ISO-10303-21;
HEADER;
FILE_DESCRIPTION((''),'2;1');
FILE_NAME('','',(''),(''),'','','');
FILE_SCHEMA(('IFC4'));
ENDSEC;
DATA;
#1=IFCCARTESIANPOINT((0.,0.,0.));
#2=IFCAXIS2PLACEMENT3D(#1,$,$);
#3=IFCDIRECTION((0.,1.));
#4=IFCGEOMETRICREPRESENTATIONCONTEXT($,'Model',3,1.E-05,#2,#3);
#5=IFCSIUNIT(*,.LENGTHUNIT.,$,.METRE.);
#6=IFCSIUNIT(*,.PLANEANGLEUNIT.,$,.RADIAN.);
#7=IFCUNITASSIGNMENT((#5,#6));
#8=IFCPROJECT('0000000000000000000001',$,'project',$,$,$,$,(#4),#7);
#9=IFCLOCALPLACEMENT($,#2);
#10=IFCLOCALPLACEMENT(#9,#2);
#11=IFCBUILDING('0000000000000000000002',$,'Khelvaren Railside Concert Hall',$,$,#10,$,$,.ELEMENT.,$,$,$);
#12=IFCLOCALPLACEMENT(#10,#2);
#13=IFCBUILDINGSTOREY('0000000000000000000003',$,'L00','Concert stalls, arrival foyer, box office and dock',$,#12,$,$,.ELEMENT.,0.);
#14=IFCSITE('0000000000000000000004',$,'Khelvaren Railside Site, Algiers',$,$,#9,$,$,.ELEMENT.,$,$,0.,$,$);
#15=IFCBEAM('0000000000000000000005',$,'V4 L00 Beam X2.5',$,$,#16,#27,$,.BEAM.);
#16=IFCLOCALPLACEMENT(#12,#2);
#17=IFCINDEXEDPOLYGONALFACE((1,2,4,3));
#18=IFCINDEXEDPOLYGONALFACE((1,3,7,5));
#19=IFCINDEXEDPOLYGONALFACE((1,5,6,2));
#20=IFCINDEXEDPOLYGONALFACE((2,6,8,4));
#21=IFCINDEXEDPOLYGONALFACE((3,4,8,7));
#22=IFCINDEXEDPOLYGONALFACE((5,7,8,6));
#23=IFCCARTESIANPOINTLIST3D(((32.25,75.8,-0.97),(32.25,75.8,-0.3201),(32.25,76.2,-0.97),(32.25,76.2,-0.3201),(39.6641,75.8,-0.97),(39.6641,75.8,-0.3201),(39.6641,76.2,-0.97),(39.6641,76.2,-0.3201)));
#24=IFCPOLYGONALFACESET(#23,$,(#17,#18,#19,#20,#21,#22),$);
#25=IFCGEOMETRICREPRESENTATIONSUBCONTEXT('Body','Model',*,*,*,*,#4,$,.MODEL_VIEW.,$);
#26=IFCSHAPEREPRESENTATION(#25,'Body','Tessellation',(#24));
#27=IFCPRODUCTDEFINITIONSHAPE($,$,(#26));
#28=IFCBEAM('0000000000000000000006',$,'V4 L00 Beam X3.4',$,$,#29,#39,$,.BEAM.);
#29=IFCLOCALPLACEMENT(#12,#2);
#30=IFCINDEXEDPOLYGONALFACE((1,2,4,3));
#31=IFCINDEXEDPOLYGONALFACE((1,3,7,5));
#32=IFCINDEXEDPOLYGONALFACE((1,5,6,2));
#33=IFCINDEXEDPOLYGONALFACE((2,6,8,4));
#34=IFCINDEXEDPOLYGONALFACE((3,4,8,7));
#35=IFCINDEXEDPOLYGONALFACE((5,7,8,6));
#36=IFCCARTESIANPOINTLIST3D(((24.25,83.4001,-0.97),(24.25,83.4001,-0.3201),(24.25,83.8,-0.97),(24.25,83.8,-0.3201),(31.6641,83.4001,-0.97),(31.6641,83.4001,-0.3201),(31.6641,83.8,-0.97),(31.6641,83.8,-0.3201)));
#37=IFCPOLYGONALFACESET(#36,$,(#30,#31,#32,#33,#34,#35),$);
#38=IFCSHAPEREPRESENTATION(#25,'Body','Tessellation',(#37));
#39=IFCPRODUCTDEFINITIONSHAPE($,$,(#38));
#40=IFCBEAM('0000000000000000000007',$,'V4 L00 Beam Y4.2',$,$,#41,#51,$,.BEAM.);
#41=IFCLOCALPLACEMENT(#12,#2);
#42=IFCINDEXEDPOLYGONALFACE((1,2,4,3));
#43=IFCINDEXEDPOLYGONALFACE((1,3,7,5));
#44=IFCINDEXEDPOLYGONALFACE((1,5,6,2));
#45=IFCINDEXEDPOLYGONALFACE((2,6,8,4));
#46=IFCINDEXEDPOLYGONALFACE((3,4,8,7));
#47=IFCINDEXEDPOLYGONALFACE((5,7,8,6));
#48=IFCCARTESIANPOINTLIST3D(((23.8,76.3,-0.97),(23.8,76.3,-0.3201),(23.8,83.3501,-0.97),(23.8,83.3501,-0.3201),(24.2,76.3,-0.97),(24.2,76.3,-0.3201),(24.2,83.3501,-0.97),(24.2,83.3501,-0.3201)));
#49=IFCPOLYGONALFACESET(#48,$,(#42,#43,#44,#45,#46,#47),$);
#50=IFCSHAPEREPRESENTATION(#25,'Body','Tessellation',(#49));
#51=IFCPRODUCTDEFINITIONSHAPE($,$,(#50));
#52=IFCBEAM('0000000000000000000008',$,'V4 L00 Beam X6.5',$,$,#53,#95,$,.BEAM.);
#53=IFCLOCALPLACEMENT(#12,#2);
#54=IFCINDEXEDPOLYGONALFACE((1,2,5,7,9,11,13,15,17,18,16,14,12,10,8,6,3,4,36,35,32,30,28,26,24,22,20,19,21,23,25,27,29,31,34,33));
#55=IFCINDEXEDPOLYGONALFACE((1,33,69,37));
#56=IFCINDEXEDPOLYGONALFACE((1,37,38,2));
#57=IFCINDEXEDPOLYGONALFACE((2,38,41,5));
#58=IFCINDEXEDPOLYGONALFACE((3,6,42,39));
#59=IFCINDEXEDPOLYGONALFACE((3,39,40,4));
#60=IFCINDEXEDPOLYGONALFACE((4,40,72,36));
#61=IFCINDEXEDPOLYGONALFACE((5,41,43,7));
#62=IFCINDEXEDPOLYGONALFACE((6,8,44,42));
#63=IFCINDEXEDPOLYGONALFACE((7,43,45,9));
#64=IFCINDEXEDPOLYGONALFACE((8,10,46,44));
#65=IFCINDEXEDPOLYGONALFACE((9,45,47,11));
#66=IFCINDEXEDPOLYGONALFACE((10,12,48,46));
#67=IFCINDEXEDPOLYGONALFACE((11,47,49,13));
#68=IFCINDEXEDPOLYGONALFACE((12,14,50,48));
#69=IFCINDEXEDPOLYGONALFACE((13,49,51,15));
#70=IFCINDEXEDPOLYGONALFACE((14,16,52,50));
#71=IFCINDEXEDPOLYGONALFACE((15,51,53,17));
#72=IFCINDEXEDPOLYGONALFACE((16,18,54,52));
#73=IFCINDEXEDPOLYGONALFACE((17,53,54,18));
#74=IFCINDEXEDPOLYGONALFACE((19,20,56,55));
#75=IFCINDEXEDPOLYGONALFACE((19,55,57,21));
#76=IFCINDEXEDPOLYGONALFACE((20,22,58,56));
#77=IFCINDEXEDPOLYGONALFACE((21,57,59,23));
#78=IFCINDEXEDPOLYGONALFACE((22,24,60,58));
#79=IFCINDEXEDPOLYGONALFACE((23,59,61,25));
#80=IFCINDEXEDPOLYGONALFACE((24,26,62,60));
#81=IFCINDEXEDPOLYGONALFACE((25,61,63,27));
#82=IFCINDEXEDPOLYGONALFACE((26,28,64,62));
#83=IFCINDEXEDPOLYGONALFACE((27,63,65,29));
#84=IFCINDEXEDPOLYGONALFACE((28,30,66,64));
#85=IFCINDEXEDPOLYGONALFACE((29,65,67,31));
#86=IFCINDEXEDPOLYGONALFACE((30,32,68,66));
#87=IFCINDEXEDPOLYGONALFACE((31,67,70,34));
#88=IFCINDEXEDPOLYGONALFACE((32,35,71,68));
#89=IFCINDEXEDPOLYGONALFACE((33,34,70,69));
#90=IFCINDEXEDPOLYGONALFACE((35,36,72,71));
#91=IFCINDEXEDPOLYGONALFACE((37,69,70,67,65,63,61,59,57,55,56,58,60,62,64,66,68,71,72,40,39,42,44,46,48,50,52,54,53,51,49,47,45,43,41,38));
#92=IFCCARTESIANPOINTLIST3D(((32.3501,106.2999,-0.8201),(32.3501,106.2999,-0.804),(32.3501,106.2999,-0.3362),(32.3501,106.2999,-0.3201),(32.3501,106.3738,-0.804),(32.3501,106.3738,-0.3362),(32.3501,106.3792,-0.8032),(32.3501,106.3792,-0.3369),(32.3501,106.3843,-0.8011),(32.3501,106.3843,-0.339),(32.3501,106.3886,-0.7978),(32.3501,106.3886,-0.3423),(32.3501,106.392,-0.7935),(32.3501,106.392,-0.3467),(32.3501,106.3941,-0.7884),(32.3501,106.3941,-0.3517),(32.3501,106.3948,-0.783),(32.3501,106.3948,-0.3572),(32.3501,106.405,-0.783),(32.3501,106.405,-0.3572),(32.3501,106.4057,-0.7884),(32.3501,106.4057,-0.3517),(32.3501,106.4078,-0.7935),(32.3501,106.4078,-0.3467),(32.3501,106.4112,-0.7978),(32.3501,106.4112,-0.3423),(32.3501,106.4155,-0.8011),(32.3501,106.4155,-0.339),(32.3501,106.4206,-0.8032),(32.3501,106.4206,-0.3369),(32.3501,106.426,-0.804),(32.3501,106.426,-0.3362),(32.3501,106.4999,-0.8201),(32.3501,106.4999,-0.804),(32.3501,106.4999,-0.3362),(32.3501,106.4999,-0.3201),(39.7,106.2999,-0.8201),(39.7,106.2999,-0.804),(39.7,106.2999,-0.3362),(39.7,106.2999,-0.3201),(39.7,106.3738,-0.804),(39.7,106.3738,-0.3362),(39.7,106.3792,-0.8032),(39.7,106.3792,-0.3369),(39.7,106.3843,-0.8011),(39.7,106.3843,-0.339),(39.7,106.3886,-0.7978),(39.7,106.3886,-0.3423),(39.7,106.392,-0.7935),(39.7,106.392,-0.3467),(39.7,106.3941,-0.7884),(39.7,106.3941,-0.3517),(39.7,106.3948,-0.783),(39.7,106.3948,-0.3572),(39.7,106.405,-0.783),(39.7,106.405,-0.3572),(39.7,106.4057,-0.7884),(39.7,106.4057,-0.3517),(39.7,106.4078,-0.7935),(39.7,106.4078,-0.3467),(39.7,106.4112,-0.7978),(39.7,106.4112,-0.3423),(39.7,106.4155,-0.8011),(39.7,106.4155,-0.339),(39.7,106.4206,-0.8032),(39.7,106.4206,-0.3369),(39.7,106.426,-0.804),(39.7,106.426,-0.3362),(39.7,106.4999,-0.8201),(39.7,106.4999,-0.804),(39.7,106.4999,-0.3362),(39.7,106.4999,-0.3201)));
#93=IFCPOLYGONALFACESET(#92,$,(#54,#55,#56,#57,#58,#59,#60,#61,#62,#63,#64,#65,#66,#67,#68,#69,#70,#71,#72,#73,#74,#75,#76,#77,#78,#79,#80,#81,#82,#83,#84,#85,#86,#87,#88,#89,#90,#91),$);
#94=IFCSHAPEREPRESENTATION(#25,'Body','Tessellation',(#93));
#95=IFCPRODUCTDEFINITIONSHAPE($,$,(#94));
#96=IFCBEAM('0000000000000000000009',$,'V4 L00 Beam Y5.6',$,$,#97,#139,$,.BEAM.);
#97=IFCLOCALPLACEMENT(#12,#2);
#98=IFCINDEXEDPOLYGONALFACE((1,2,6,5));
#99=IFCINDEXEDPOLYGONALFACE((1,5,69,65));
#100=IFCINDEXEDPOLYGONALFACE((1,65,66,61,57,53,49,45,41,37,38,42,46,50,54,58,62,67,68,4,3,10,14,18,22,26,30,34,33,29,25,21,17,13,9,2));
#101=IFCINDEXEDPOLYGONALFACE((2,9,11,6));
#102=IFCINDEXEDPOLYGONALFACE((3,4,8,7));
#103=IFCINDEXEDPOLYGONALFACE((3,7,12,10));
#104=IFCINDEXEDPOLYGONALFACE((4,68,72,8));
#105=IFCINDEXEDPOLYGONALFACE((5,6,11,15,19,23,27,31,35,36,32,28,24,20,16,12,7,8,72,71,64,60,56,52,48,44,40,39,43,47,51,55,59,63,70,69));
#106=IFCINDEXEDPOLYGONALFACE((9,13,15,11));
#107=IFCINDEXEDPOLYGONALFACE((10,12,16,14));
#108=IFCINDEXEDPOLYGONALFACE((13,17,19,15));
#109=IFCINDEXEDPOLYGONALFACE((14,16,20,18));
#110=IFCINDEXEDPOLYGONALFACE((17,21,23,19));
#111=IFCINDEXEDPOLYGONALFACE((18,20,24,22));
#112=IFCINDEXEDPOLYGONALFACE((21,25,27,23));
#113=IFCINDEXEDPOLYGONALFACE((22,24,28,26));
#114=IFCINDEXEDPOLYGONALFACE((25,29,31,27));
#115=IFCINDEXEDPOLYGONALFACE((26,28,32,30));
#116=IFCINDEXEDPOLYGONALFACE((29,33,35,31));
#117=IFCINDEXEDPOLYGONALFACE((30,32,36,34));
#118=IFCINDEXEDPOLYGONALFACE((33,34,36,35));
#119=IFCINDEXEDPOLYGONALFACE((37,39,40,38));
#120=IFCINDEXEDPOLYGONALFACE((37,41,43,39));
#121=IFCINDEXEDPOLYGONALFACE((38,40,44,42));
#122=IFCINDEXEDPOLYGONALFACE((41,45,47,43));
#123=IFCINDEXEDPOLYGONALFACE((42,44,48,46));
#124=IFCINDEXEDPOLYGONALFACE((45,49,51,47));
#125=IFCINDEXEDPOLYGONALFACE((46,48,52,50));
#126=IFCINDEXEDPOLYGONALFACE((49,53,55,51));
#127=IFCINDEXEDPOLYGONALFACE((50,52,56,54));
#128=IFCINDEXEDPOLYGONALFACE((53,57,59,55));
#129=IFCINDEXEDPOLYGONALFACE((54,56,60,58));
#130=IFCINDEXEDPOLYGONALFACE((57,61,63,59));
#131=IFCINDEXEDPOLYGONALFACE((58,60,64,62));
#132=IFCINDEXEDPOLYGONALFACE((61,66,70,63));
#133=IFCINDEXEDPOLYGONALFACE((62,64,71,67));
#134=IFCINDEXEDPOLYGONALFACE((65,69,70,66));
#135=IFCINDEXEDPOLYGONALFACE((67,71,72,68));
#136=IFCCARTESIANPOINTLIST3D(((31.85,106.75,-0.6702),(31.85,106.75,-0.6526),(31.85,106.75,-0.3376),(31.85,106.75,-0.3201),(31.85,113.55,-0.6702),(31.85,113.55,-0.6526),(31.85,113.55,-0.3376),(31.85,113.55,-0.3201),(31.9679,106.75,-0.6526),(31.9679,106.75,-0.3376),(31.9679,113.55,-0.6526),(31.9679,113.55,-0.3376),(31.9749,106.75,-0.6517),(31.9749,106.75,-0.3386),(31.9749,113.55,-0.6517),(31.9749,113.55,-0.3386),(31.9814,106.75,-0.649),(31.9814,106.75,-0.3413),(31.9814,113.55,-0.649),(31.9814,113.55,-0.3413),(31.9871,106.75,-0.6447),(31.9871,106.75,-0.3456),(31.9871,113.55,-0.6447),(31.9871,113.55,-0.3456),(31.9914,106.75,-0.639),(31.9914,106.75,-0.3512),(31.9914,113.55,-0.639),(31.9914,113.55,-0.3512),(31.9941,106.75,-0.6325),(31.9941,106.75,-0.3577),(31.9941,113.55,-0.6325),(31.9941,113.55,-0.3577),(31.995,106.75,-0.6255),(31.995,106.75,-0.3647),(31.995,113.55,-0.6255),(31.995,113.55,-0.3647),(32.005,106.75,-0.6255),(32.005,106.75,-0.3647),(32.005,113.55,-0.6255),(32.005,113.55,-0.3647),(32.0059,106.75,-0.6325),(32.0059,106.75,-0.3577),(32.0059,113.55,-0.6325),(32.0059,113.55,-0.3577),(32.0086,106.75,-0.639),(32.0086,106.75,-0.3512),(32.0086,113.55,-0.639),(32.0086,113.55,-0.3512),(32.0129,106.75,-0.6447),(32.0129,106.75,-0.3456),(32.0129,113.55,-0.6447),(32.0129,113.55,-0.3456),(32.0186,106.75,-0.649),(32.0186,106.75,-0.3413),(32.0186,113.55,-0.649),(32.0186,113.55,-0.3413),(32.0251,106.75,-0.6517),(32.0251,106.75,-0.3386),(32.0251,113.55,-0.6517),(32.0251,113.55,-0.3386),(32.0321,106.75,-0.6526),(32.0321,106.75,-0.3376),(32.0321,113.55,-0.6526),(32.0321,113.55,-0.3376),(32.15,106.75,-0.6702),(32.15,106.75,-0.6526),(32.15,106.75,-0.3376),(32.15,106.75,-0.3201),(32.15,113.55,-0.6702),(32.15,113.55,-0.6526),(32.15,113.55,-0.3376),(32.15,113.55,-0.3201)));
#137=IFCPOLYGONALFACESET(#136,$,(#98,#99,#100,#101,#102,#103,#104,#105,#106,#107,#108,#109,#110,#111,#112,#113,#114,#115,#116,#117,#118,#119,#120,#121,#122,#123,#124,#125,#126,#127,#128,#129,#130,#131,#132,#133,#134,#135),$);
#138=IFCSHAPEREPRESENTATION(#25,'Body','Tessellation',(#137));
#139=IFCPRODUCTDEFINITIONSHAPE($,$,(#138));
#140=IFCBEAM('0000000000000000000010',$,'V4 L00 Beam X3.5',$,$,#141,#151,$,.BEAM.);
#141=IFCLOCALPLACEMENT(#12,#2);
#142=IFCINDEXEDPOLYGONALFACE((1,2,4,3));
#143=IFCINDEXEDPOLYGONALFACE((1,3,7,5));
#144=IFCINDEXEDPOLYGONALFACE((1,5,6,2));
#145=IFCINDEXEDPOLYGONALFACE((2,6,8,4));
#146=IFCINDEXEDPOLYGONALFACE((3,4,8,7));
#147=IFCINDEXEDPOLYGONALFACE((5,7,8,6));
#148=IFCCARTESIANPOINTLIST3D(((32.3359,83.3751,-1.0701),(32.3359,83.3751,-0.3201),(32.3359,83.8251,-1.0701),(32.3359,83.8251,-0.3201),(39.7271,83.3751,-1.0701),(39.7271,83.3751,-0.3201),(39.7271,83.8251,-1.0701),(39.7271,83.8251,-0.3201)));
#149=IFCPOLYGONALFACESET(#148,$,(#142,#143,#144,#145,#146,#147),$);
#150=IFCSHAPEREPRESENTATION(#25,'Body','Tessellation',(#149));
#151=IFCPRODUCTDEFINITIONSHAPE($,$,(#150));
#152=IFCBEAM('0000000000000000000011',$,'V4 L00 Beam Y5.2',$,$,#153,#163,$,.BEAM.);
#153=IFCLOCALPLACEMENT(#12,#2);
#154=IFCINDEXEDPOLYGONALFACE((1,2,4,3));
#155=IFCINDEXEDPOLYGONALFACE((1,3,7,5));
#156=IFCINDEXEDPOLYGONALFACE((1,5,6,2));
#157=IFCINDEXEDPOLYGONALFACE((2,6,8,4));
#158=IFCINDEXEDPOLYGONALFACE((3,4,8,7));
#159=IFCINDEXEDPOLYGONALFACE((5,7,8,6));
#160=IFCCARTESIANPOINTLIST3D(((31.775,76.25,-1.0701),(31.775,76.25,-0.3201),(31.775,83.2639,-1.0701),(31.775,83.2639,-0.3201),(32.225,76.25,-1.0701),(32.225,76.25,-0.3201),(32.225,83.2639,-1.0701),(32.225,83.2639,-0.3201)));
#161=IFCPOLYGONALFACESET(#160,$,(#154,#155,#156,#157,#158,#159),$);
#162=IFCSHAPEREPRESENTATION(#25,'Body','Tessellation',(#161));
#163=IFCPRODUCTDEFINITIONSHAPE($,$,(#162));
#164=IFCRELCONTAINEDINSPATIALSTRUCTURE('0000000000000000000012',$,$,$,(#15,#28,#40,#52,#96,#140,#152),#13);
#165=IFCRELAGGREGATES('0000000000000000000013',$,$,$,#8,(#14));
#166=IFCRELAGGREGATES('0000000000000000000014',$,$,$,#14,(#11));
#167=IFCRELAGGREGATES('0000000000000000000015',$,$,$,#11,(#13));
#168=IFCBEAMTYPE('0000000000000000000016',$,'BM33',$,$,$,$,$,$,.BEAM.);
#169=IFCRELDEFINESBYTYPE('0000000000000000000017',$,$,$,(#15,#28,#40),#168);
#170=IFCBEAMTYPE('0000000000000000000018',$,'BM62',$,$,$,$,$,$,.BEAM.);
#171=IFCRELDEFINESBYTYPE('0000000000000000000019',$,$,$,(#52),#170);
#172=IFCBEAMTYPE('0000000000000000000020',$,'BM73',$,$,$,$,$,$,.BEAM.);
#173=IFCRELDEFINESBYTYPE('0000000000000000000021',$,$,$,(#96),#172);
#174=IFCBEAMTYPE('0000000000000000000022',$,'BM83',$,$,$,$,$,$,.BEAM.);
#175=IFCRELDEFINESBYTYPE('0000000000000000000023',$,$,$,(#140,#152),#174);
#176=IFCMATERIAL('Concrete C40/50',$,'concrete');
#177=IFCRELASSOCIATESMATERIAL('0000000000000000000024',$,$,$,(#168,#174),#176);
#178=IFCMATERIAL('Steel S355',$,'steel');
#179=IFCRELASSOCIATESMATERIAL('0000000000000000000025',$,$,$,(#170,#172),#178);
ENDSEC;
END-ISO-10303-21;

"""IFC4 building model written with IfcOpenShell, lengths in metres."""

from ifc_helpers import new_model, si_unit, direction, frame, origin, origin_2d, place, context, subcontext, project, spatial, rectangle, i_section, extrude, material, material_profile, profile_set, type_object, element, save


model = new_model("IFC4")

# Units and contexts
model_context = context("Model", 3, precision=1e-05, world=origin(), true_north=direction((0.0, 1.0)))
body_context = subcontext(model_context, "Body", "Model", "MODEL_VIEW")
ifc_project = project(units=[si_unit("LENGTHUNIT", "METRE"), si_unit("PLANEANGLEUNIT", "RADIAN")], contexts=[model_context])

# Site, building, storey
site_placement = place(None, origin())
site = spatial("IfcSite", under=ifc_project, at=site_placement, Name="Khelvaren Railside Site, Algiers", CompositionType="ELEMENT", RefElevation=0.0)
building_placement = place(site_placement, origin())
building = spatial("IfcBuilding", under=site, at=building_placement, Name="Khelvaren Railside Concert Hall", CompositionType="ELEMENT")
storey_placement = place(building_placement, origin())
storey = spatial("IfcBuildingStorey", under=building, at=storey_placement, Name="L00", Description="Concert stalls, arrival foyer, box office and dock", CompositionType="ELEMENT", Elevation=0.0)

# Beams
ifc_material_1 = material(Name="Concrete C40/50", Category="concrete")
ifc_material_profile_1 = material_profile(ifc_material_1, rectangle(XDim=0.3999, YDim=0.6499, at=origin_2d()), Name="RCB 400x650")
ifc_profile_set_1 = profile_set([ifc_material_profile_1], Name="Concrete C40/50")
beam_type_1 = type_object("IfcBeamType", Name="BM33", PredefinedType="BEAM", material=ifc_profile_set_1)
for number, where, z_axis, x_axis, name in (
    (1, (32.25, 76.0, -0.645), (1.0, 0.0, 0.0), (0.0, 1.0, 0.0), "V4 L00 Beam X2.5"),
    (2, (24.25, 83.6001, -0.645), (1.0, 0.0, 0.0), (0.0, 1.0, 0.0), "V4 L00 Beam X3.4"),
):
    element("IfcBeam", number, at=place(storey_placement, frame(where, z_axis=z_axis, x_axis=x_axis)), inside=storey, type_object=beam_type_1, Name=name, PredefinedType="BEAM", context=body_context, shape_type="SweptSolid", body=[
        extrude(rectangle(XDim=0.3999, YDim=0.6499, at=origin_2d()), origin(), (0.0, 0.0, 1.0), 7.4141),
    ])
beam_1_placement = place(storey_placement, frame((24.0, 76.3, -0.645), z_axis=(0.0, 1.0, 0.0), x_axis=(-1.0, 0.0, 0.0)))
element("IfcBeam", 3, at=beam_1_placement, inside=storey, type_object=beam_type_1, Name="V4 L00 Beam Y4.2", PredefinedType="BEAM", context=body_context, shape_type="SweptSolid", body=[
    extrude(rectangle(XDim=0.3999, YDim=0.6499, at=origin_2d()), origin(), (0.0, 0.0, 1.0), 7.05),
])
ifc_material_2 = material(Name="Steel S355", Category="steel")
ifc_material_profile_2 = material_profile(ifc_material_2, i_section(OverallWidth=0.2, OverallDepth=0.5, WebThickness=0.0103, FlangeThickness=0.0161, FilletRadius=0.021, at=origin_2d()), Name="IPE 500")
ifc_profile_set_2 = profile_set([ifc_material_profile_2], Name="Steel S355")
beam_type_2 = type_object("IfcBeamType", Name="BM62", PredefinedType="BEAM", material=ifc_profile_set_2)
beam_2_placement = place(storey_placement, frame((32.3501, 106.3999, -0.5701), z_axis=(1.0, 0.0, 0.0), x_axis=(0.0, 1.0, 0.0)))
element("IfcBeam", 4, at=beam_2_placement, inside=storey, type_object=beam_type_2, Name="V4 L00 Beam X6.5", PredefinedType="BEAM", context=body_context, shape_type="SweptSolid", body=[
    extrude(i_section(OverallWidth=0.2, OverallDepth=0.5, WebThickness=0.0103, FlangeThickness=0.0161, FilletRadius=0.021, at=origin_2d()), origin(), (0.0, 0.0, 1.0), 7.3499),
])
ifc_material_profile_3 = material_profile(ifc_material_2, i_section(OverallWidth=0.3, OverallDepth=0.3501, WebThickness=0.01, FlangeThickness=0.0176, FilletRadius=0.0271, at=origin_2d()), Name="HEA 360")
ifc_profile_set_3 = profile_set([ifc_material_profile_3], Name="Steel S355")
beam_type_3 = type_object("IfcBeamType", Name="BM73", PredefinedType="BEAM", material=ifc_profile_set_3)
beam_3_placement = place(storey_placement, frame((32.0, 106.75, -0.4951), z_axis=(0.0, 1.0, 0.0), x_axis=(-1.0, 0.0, 0.0)))
element("IfcBeam", 5, at=beam_3_placement, inside=storey, type_object=beam_type_3, Name="V4 L00 Beam Y5.6", PredefinedType="BEAM", context=body_context, shape_type="SweptSolid", body=[
    extrude(i_section(OverallWidth=0.3, OverallDepth=0.3501, WebThickness=0.01, FlangeThickness=0.0176, FilletRadius=0.0271, at=origin_2d()), origin(), (0.0, 0.0, 1.0), 6.8),
])
ifc_material_profile_4 = material_profile(ifc_material_1, rectangle(XDim=0.45, YDim=0.75, at=origin_2d()), Name="RCB 450x750")
ifc_profile_set_4 = profile_set([ifc_material_profile_4], Name="Concrete C40/50")
beam_type_4 = type_object("IfcBeamType", Name="BM83", PredefinedType="BEAM", material=ifc_profile_set_4)
beam_4_placement = place(storey_placement, frame((32.3359, 83.6001, -0.6951), z_axis=(1.0, 0.0, 0.0), x_axis=(0.0, 1.0, 0.0)))
element("IfcBeam", 6, at=beam_4_placement, inside=storey, type_object=beam_type_4, Name="V4 L00 Beam X3.5", PredefinedType="BEAM", context=body_context, shape_type="SweptSolid", body=[
    extrude(rectangle(XDim=0.45, YDim=0.75, at=origin_2d()), origin(), (0.0, 0.0, 1.0), 7.3911),
])
beam_5_placement = place(storey_placement, frame((32.0, 76.25, -0.6951), z_axis=(0.0, 1.0, 0.0), x_axis=(-1.0, 0.0, 0.0)))
element("IfcBeam", 7, at=beam_5_placement, inside=storey, type_object=beam_type_4, Name="V4 L00 Beam Y5.2", PredefinedType="BEAM", context=body_context, shape_type="SweptSolid", body=[
    extrude(rectangle(XDim=0.45, YDim=0.75, at=origin_2d()), origin(), (0.0, 0.0, 1.0), 7.0139),
])

save(model, "model.ifc")
